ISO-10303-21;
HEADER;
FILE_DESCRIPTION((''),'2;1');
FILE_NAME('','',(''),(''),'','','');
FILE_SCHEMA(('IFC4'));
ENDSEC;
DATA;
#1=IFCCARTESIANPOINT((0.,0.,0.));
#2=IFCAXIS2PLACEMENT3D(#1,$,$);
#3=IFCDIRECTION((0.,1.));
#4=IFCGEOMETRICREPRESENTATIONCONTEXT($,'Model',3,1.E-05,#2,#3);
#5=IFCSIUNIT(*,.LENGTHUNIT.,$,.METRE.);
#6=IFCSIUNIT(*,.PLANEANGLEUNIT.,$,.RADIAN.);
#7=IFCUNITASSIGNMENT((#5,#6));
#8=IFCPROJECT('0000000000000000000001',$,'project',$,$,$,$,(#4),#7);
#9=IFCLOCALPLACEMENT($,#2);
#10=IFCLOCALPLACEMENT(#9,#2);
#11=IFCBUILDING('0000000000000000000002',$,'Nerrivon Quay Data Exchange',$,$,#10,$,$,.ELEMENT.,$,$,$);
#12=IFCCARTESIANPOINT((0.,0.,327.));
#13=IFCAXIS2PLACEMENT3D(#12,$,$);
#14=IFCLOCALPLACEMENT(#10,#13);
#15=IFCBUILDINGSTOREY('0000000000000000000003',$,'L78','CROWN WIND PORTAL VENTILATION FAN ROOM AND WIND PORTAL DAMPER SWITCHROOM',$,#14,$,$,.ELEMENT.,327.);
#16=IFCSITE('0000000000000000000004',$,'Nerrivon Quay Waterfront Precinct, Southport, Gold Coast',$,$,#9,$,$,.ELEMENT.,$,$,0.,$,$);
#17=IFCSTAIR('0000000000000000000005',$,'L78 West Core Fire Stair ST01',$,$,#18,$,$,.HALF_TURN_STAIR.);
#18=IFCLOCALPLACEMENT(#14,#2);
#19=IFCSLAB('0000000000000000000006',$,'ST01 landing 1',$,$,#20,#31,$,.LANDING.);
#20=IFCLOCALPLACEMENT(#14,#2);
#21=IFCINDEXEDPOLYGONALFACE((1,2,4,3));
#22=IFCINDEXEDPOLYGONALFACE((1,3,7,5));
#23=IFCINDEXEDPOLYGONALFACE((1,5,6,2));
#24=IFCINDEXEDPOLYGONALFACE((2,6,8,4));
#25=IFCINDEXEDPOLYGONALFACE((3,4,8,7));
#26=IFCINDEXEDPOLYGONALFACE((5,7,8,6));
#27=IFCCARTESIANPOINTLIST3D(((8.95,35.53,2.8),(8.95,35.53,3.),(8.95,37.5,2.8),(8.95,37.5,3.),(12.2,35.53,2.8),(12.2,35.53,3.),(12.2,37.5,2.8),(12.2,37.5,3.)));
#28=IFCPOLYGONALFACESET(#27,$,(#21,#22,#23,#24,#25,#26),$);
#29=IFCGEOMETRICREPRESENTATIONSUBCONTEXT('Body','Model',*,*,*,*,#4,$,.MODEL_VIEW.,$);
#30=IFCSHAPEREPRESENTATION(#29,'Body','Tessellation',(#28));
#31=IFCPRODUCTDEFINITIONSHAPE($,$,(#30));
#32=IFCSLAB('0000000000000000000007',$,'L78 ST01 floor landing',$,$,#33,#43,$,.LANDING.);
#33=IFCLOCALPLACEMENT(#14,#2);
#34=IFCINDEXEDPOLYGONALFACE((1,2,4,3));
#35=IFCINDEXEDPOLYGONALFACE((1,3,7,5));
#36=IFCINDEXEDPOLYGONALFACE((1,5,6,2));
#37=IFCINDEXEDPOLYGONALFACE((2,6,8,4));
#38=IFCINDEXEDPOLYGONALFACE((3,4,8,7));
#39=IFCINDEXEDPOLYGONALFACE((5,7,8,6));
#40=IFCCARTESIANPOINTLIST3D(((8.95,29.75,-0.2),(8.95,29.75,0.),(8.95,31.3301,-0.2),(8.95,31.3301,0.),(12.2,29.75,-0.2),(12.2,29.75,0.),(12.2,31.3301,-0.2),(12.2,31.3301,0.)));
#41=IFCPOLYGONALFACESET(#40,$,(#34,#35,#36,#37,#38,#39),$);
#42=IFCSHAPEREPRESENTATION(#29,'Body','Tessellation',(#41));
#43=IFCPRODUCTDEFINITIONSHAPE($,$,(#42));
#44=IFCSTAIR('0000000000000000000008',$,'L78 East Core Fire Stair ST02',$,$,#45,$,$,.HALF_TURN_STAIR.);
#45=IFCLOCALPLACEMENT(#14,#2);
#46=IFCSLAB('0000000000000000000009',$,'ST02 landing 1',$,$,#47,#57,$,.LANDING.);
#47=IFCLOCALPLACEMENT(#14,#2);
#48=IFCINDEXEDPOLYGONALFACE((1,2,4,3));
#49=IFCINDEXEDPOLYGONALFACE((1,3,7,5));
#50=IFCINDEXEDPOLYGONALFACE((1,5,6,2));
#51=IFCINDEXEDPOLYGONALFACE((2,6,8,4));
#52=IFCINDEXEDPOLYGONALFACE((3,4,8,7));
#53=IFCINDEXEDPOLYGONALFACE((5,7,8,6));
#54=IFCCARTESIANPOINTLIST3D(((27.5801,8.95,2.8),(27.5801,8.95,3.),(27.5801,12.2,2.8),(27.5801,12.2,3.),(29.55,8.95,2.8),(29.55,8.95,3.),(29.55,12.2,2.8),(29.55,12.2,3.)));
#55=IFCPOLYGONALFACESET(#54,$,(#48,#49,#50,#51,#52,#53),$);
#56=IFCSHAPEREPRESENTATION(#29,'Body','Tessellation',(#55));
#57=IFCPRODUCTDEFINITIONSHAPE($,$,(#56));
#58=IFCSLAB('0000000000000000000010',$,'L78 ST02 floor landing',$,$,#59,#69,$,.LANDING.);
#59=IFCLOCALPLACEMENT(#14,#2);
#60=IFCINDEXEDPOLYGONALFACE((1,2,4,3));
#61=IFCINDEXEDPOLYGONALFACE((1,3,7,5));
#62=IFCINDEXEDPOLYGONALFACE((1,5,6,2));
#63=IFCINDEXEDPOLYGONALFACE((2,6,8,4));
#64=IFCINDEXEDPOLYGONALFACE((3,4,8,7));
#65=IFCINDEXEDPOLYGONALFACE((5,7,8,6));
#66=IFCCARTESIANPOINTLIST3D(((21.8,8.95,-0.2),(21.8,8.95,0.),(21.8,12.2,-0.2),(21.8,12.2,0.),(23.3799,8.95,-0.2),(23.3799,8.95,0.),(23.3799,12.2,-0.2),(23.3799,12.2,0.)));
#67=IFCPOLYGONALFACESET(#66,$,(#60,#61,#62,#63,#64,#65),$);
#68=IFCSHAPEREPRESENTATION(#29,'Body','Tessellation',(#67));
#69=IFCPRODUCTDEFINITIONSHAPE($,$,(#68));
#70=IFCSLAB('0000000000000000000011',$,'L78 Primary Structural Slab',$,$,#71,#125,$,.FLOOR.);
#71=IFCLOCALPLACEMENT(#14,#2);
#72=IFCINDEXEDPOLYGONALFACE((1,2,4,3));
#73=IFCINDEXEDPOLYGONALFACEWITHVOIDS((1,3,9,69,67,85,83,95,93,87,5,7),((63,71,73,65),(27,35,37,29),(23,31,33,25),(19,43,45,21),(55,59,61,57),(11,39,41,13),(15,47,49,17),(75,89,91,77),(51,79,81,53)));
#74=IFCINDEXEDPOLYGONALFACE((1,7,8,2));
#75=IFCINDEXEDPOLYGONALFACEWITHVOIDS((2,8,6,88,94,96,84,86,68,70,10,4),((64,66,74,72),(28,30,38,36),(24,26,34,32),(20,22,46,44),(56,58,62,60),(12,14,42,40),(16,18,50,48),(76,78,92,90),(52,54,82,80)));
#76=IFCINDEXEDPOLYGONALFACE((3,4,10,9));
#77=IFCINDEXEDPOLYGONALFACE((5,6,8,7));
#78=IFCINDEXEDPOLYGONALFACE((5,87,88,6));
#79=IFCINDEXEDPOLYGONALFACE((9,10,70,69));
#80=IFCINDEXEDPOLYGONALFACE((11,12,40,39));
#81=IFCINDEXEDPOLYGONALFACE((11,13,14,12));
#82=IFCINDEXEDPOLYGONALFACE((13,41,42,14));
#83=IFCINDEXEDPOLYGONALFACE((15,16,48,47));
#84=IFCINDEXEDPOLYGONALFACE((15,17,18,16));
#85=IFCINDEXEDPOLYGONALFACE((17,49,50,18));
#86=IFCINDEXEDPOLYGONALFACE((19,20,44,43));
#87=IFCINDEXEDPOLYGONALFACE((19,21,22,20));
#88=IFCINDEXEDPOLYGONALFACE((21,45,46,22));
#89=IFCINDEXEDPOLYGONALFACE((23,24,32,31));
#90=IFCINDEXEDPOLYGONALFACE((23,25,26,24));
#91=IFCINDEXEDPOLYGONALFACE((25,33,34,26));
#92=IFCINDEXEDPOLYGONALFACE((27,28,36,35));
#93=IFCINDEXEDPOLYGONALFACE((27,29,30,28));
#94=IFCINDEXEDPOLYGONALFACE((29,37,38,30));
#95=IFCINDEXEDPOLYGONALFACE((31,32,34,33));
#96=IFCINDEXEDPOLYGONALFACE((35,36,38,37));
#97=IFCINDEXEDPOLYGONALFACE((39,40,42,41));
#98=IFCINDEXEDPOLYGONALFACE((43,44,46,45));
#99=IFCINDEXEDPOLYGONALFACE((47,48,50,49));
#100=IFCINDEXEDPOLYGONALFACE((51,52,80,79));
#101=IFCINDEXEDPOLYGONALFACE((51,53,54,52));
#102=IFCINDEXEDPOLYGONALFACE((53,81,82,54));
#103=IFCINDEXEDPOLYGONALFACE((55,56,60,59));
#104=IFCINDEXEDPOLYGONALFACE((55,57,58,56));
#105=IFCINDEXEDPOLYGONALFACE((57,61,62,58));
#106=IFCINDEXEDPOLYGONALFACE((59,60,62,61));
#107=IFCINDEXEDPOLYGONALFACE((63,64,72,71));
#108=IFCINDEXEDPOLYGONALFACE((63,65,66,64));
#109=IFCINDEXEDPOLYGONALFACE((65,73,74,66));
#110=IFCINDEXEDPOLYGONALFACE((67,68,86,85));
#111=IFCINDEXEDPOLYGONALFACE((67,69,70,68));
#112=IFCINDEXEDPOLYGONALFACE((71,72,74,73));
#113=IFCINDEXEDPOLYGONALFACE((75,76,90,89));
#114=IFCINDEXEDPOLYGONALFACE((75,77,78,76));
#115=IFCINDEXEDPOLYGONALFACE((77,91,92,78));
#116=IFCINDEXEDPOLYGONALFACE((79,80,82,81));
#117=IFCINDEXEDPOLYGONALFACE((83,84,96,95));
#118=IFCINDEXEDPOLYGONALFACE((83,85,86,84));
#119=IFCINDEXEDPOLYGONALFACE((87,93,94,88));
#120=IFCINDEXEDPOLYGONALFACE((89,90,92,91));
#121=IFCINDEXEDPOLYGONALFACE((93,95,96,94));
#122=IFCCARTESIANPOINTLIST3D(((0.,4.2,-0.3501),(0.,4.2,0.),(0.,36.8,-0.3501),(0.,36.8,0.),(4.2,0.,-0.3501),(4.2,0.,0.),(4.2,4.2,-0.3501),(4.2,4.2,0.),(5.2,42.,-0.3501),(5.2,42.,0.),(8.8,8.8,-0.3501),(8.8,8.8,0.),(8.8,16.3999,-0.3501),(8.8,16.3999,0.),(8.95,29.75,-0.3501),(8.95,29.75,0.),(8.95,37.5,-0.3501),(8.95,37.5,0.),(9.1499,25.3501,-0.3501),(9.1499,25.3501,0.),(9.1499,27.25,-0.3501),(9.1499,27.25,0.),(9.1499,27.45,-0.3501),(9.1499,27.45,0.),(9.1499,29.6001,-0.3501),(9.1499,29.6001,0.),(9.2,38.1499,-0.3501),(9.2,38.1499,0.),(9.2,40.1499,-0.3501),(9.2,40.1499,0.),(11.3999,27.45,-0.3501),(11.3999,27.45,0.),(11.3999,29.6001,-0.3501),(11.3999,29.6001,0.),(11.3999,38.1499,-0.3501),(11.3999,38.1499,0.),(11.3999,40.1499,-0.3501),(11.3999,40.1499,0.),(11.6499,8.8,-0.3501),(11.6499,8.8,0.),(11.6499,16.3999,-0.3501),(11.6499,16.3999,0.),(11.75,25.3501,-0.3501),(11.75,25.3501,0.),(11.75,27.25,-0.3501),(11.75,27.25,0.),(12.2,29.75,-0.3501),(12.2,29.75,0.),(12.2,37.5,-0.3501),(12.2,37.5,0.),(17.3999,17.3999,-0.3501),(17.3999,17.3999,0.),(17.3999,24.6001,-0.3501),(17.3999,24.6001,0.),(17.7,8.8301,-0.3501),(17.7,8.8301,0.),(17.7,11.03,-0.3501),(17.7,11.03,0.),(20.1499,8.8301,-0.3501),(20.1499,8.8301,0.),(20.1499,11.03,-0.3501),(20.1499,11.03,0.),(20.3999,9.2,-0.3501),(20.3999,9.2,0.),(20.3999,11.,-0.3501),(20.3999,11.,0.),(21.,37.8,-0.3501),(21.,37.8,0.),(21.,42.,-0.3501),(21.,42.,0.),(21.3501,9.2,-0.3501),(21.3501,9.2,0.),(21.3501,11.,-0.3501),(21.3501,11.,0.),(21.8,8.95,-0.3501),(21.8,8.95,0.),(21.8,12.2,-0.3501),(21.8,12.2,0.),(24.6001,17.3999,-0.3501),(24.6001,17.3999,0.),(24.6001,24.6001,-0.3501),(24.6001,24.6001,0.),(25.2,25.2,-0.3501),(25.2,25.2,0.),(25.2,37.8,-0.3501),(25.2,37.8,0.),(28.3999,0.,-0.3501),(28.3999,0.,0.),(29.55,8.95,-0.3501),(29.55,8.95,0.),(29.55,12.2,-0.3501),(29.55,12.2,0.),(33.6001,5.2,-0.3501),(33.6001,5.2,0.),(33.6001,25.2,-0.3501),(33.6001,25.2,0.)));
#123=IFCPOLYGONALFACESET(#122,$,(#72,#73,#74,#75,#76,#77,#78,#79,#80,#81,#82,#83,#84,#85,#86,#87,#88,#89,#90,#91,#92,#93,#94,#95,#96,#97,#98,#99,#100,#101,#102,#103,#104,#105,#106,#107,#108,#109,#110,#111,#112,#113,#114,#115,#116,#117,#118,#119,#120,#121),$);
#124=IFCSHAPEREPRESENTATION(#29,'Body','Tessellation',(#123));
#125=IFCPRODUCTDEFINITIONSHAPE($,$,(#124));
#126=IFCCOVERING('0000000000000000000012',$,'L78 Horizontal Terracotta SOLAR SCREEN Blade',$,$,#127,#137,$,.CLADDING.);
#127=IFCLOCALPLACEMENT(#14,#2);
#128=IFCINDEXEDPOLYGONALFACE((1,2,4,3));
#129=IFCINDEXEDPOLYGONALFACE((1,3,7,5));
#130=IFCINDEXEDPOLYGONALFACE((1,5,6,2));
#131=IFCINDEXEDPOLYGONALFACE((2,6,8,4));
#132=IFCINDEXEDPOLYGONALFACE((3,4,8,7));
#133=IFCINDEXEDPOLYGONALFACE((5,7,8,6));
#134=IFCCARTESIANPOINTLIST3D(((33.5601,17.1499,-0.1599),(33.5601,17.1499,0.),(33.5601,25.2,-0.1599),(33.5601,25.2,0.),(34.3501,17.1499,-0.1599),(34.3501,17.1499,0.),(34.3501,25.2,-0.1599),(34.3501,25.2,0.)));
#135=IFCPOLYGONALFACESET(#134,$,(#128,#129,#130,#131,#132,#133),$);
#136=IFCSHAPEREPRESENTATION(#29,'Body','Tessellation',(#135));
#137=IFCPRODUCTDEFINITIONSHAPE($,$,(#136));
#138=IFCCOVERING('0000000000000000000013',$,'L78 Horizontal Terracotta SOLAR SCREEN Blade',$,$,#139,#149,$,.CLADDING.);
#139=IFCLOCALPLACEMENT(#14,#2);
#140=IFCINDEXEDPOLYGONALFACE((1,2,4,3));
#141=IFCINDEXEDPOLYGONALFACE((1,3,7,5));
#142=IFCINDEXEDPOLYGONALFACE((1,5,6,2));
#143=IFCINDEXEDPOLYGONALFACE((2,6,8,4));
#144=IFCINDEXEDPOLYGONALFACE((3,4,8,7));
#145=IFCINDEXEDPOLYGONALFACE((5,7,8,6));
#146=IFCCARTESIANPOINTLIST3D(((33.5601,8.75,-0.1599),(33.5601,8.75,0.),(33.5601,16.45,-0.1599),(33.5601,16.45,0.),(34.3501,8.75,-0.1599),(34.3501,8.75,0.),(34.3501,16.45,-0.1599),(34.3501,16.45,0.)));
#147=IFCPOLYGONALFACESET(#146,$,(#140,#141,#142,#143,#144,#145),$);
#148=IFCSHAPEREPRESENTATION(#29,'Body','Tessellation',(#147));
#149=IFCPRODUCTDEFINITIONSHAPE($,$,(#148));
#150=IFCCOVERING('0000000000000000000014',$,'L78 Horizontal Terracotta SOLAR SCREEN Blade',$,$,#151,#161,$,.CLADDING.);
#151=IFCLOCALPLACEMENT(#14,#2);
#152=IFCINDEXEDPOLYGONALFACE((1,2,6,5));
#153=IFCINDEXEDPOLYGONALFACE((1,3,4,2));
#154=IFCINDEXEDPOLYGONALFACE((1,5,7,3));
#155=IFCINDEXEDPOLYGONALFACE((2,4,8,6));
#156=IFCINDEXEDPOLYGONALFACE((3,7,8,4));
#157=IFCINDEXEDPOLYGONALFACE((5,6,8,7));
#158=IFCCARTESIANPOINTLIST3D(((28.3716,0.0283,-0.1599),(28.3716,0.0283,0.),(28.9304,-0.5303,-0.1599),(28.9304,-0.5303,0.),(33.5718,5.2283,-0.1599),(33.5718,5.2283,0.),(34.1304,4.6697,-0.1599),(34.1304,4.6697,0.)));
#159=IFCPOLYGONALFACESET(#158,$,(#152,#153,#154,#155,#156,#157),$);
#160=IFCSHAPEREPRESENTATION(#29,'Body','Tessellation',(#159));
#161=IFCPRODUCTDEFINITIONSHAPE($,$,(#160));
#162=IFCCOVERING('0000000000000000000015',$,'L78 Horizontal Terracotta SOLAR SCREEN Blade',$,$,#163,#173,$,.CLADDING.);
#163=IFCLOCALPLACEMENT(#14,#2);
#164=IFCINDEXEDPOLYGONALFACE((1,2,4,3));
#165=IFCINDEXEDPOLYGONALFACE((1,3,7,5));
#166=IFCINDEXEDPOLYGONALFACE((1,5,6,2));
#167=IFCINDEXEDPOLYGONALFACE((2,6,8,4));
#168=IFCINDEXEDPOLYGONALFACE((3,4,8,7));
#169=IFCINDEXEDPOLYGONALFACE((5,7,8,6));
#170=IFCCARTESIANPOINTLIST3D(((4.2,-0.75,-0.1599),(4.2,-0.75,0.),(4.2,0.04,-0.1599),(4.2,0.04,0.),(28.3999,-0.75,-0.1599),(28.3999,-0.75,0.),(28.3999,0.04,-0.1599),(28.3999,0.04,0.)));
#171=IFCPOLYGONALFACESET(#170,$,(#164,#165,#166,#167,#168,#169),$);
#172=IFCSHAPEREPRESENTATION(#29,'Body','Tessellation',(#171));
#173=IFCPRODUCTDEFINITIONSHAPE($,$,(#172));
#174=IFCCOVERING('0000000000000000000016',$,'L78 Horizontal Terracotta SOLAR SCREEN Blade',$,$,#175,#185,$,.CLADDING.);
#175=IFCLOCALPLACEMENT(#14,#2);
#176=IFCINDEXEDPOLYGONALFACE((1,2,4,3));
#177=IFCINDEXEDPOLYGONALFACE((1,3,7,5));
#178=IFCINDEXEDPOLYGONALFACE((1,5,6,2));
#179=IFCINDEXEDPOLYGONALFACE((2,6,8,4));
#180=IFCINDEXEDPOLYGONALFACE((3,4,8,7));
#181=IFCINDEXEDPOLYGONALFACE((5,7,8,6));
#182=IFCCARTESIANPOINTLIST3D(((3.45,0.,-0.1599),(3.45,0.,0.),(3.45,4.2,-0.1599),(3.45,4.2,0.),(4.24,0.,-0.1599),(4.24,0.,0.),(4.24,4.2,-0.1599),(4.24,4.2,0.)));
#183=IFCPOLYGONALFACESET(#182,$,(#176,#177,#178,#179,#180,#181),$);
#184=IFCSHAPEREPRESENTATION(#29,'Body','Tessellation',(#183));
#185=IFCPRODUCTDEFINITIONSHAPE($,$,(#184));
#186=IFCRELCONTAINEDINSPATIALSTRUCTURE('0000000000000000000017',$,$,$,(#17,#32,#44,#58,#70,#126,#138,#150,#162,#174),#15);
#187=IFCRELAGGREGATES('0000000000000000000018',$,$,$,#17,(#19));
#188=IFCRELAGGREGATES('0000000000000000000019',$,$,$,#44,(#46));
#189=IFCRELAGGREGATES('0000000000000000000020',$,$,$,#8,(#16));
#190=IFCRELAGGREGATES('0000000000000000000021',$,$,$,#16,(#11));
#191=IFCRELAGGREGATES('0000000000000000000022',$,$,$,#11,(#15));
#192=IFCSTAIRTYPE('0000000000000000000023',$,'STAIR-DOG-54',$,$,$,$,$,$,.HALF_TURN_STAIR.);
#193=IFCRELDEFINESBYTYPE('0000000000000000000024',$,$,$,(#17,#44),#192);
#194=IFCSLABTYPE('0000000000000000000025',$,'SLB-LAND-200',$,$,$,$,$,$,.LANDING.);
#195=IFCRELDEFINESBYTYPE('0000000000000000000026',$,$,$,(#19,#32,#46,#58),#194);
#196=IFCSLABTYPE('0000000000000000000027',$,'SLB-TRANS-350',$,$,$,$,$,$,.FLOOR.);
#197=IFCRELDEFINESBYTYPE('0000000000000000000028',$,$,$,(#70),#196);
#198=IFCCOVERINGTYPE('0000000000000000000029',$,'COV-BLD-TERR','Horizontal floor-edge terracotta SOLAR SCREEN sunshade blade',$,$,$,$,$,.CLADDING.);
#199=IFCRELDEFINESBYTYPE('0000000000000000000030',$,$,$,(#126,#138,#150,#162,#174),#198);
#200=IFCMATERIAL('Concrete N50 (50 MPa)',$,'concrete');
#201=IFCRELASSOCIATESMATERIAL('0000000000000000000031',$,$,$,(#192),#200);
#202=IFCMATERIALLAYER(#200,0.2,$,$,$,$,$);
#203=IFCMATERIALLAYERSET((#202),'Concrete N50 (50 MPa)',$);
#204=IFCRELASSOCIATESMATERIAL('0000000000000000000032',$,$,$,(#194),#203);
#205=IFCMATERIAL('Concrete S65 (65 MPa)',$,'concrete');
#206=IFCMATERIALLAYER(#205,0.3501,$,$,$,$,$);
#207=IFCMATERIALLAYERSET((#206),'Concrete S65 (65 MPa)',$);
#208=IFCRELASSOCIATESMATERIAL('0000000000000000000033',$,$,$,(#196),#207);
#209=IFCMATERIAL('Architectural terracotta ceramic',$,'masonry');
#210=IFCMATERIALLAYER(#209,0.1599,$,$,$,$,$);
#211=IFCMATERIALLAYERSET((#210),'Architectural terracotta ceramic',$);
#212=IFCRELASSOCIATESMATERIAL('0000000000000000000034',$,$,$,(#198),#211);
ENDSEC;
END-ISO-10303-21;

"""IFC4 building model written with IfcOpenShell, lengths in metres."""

from ifc_helpers import new_model, si_unit, direction, frame, origin, place, context, subcontext, project, spatial, polyline, outline, extrude, material, layer, layer_set, type_object, element, aggregate, save


model = new_model("IFC4")

# Units and contexts
model_context = context("Model", 3, precision=1e-05, world=origin(), true_north=direction((0.0, 1.0)))
body_context = subcontext(model_context, "Body", "Model", "MODEL_VIEW")
ifc_project = project(units=[si_unit("LENGTHUNIT", "METRE"), si_unit("PLANEANGLEUNIT", "RADIAN")], contexts=[model_context])

# Site, building, storey
site_placement = place(None, origin())
site = spatial("IfcSite", under=ifc_project, at=site_placement, Name="Nerrivon Quay Waterfront Precinct, Southport, Gold Coast", CompositionType="ELEMENT", RefElevation=0.0)
building_placement = place(site_placement, origin())
building = spatial("IfcBuilding", under=site, at=building_placement, Name="Nerrivon Quay Data Exchange", CompositionType="ELEMENT")
storey_placement = place(building_placement, frame((0.0, 0.0, 327.0)))
storey = spatial("IfcBuildingStorey", under=building, at=storey_placement, Name="L78", Description="CROWN WIND PORTAL VENTILATION FAN ROOM AND WIND PORTAL DAMPER SWITCHROOM", CompositionType="ELEMENT", Elevation=327.0)

# Stair, slab
ifc_material_1 = material(Name="Concrete N50 (50 MPa)", Category="concrete")
stair_type = type_object("IfcStairType", Name="STAIR-DOG-54", PredefinedType="HALF_TURN_STAIR", material=ifc_material_1)
stair_1_placement = place(storey_placement, origin())
stair_1 = element("IfcStair", 1, at=stair_1_placement, inside=storey, type_object=stair_type, Name="L78 West Core Fire Stair ST01", PredefinedType="HALF_TURN_STAIR")
ifc_layer_1 = layer(ifc_material_1, 0.2)
ifc_layer_set_1 = layer_set([ifc_layer_1], Name="Concrete N50 (50 MPa)")
slab_type_1 = type_object("IfcSlabType", Name="SLB-LAND-200", PredefinedType="LANDING", material=ifc_layer_set_1)
slab_1_placement = place(storey_placement, frame((0.0, 0.0, 2.8)))
slab_1 = element("IfcSlab", 2, at=slab_1_placement, type_object=slab_type_1, Name="ST01 landing 1", PredefinedType="LANDING", context=body_context, shape_type="SweptSolid", body=[
    extrude(outline(polyline([(12.2, 35.53), (12.2, 37.5), (8.95, 37.5), (8.95, 35.53), (12.2, 35.53)])), origin(), (0.0, 0.0, 1.0), 0.2),
])
aggregate(stair_1, [slab_1])

# Slab
slab_2_placement = place(storey_placement, frame((0.0, 0.0, -0.2)))
element("IfcSlab", 3, at=slab_2_placement, inside=storey, type_object=slab_type_1, Name="L78 ST01 floor landing", PredefinedType="LANDING", context=body_context, shape_type="SweptSolid", body=[
    extrude(outline(polyline([(12.2, 29.75), (12.2, 31.3301), (8.95, 31.3301), (8.95, 29.75), (12.2, 29.75)])), origin(), (0.0, 0.0, 1.0), 0.2),
])

# Stair, slab
stair_2_placement = place(storey_placement, origin())
stair_2 = element("IfcStair", 4, at=stair_2_placement, inside=storey, type_object=stair_type, Name="L78 East Core Fire Stair ST02", PredefinedType="HALF_TURN_STAIR")
slab_3_placement = place(storey_placement, frame((0.0, 0.0, 2.8)))
slab_3 = element("IfcSlab", 5, at=slab_3_placement, type_object=slab_type_1, Name="ST02 landing 1", PredefinedType="LANDING", context=body_context, shape_type="SweptSolid", body=[
    extrude(outline(polyline([(27.5801, 8.95), (29.55, 8.95), (29.55, 12.2), (27.5801, 12.2), (27.5801, 8.95)])), origin(), (0.0, 0.0, 1.0), 0.2),
])
aggregate(stair_2, [slab_3])

# Slabs
slab_4_placement = place(storey_placement, frame((0.0, 0.0, -0.2)))
element("IfcSlab", 6, at=slab_4_placement, inside=storey, type_object=slab_type_1, Name="L78 ST02 floor landing", PredefinedType="LANDING", context=body_context, shape_type="SweptSolid", body=[
    extrude(outline(polyline([(21.8, 8.95), (23.3799, 8.95), (23.3799, 12.2), (21.8, 12.2), (21.8, 8.95)])), origin(), (0.0, 0.0, 1.0), 0.2),
])
ifc_material_2 = material(Name="Concrete S65 (65 MPa)", Category="concrete")
ifc_layer_2 = layer(ifc_material_2, 0.3501)
ifc_layer_set_2 = layer_set([ifc_layer_2], Name="Concrete S65 (65 MPa)")
slab_type_2 = type_object("IfcSlabType", Name="SLB-TRANS-350", PredefinedType="FLOOR", material=ifc_layer_set_2)
slab_5_placement = place(storey_placement, frame((0.0, 0.0, -0.3501)))
element("IfcSlab", 7, at=slab_5_placement, inside=storey, type_object=slab_type_2, Name="L78 Primary Structural Slab", PredefinedType="FLOOR", context=body_context, shape_type="SweptSolid", body=[
    extrude(outline(polyline([(33.6001, 25.2), (25.2, 25.2), (25.2, 37.8), (21.0, 37.8), (21.0, 42.0), (5.2, 42.0), (0.0, 36.8), (0.0, 4.2), (4.2, 4.2), (4.2, 0.0), (28.3999, 0.0), (33.6001, 5.2), (33.6001, 25.2)]), holes=[polyline([(8.95, 29.75), (8.95, 37.5), (12.2, 37.5), (12.2, 29.75), (8.95, 29.75)]), polyline([(21.8, 12.2), (29.55, 12.2), (29.55, 8.95), (21.8, 8.95), (21.8, 12.2)]), polyline([(8.8, 8.8), (8.8, 16.3999), (11.6499, 16.3999), (11.6499, 8.8), (8.8, 8.8)]), polyline([(24.6001, 17.3999), (17.3999, 17.3999), (17.3999, 24.6001), (24.6001, 24.6001), (24.6001, 17.3999)]), polyline([(20.3999, 9.2), (20.3999, 11.0), (21.3501, 11.0), (21.3501, 9.2), (20.3999, 9.2)]), polyline([(20.1499, 8.8301), (17.7, 8.8301), (17.7, 11.03), (20.1499, 11.03), (20.1499, 8.8301)]), polyline([(11.75, 25.3501), (9.1499, 25.3501), (9.1499, 27.25), (11.75, 27.25), (11.75, 25.3501)]), polyline([(9.1499, 27.45), (9.1499, 29.6001), (11.3999, 29.6001), (11.3999, 27.45), (9.1499, 27.45)]), polyline([(9.2, 38.1499), (9.2, 40.1499), (11.3999, 40.1499), (11.3999, 38.1499), (9.2, 38.1499)])]), origin(), (0.0, 0.0, 1.0), 0.3501),
])

# Coverings
ifc_material_3 = material(Name="Architectural terracotta ceramic", Category="masonry")
ifc_layer_3 = layer(ifc_material_3, 0.1599)
ifc_layer_set_3 = layer_set([ifc_layer_3], Name="Architectural terracotta ceramic")
covering_type = type_object("IfcCoveringType", Name="COV-BLD-TERR", Description="Horizontal floor-edge terracotta SOLAR SCREEN sunshade blade", PredefinedType="CLADDING", material=ifc_layer_set_3)
covering_1_placement = place(storey_placement, frame((0.0, 0.0, -0.1599)))
element("IfcCovering", 8, at=covering_1_placement, inside=storey, type_object=covering_type, Name="L78 Horizontal Terracotta SOLAR SCREEN Blade", PredefinedType="CLADDING", context=body_context, shape_type="SweptSolid", body=[
    extrude(outline(polyline([(33.5601, 25.2), (33.5601, 17.1499), (34.3501, 17.1499), (34.3501, 25.2), (33.5601, 25.2)])), origin(), (0.0, 0.0, 1.0), 0.1599),
])
covering_2_placement = place(storey_placement, frame((0.0, 0.0, -0.1599)))
element("IfcCovering", 9, at=covering_2_placement, inside=storey, type_object=covering_type, Name="L78 Horizontal Terracotta SOLAR SCREEN Blade", PredefinedType="CLADDING", context=body_context, shape_type="SweptSolid", body=[
    extrude(outline(polyline([(33.5601, 16.45), (33.5601, 8.75), (34.3501, 8.75), (34.3501, 16.45), (33.5601, 16.45)])), origin(), (0.0, 0.0, 1.0), 0.1599),
])
covering_3_placement = place(storey_placement, frame((0.0, 0.0, -0.1599)))
element("IfcCovering", 10, at=covering_3_placement, inside=storey, type_object=covering_type, Name="L78 Horizontal Terracotta SOLAR SCREEN Blade", PredefinedType="CLADDING", context=body_context, shape_type="SweptSolid", body=[
    extrude(outline(polyline([(33.5718, 5.2283), (28.3716, 0.0283), (28.9304, -0.5303), (34.1304, 4.6697), (33.5718, 5.2283)])), origin(), (0.0, 0.0, 1.0), 0.1599),
])
covering_4_placement = place(storey_placement, frame((0.0, 0.0, -0.1599)))
element("IfcCovering", 11, at=covering_4_placement, inside=storey, type_object=covering_type, Name="L78 Horizontal Terracotta SOLAR SCREEN Blade", PredefinedType="CLADDING", context=body_context, shape_type="SweptSolid", body=[
    extrude(outline(polyline([(28.3999, 0.04), (4.2, 0.04), (4.2, -0.75), (28.3999, -0.75), (28.3999, 0.04)])), origin(), (0.0, 0.0, 1.0), 0.1599),
])
covering_5_placement = place(storey_placement, frame((0.0, 0.0, -0.1599)))
element("IfcCovering", 12, at=covering_5_placement, inside=storey, type_object=covering_type, Name="L78 Horizontal Terracotta SOLAR SCREEN Blade", PredefinedType="CLADDING", context=body_context, shape_type="SweptSolid", body=[
    extrude(outline(polyline([(4.24, 0.0), (4.24, 4.2), (3.45, 4.2), (3.45, 0.0), (4.24, 0.0)])), origin(), (0.0, 0.0, 1.0), 0.1599),
])

save(model, "model.ifc")
